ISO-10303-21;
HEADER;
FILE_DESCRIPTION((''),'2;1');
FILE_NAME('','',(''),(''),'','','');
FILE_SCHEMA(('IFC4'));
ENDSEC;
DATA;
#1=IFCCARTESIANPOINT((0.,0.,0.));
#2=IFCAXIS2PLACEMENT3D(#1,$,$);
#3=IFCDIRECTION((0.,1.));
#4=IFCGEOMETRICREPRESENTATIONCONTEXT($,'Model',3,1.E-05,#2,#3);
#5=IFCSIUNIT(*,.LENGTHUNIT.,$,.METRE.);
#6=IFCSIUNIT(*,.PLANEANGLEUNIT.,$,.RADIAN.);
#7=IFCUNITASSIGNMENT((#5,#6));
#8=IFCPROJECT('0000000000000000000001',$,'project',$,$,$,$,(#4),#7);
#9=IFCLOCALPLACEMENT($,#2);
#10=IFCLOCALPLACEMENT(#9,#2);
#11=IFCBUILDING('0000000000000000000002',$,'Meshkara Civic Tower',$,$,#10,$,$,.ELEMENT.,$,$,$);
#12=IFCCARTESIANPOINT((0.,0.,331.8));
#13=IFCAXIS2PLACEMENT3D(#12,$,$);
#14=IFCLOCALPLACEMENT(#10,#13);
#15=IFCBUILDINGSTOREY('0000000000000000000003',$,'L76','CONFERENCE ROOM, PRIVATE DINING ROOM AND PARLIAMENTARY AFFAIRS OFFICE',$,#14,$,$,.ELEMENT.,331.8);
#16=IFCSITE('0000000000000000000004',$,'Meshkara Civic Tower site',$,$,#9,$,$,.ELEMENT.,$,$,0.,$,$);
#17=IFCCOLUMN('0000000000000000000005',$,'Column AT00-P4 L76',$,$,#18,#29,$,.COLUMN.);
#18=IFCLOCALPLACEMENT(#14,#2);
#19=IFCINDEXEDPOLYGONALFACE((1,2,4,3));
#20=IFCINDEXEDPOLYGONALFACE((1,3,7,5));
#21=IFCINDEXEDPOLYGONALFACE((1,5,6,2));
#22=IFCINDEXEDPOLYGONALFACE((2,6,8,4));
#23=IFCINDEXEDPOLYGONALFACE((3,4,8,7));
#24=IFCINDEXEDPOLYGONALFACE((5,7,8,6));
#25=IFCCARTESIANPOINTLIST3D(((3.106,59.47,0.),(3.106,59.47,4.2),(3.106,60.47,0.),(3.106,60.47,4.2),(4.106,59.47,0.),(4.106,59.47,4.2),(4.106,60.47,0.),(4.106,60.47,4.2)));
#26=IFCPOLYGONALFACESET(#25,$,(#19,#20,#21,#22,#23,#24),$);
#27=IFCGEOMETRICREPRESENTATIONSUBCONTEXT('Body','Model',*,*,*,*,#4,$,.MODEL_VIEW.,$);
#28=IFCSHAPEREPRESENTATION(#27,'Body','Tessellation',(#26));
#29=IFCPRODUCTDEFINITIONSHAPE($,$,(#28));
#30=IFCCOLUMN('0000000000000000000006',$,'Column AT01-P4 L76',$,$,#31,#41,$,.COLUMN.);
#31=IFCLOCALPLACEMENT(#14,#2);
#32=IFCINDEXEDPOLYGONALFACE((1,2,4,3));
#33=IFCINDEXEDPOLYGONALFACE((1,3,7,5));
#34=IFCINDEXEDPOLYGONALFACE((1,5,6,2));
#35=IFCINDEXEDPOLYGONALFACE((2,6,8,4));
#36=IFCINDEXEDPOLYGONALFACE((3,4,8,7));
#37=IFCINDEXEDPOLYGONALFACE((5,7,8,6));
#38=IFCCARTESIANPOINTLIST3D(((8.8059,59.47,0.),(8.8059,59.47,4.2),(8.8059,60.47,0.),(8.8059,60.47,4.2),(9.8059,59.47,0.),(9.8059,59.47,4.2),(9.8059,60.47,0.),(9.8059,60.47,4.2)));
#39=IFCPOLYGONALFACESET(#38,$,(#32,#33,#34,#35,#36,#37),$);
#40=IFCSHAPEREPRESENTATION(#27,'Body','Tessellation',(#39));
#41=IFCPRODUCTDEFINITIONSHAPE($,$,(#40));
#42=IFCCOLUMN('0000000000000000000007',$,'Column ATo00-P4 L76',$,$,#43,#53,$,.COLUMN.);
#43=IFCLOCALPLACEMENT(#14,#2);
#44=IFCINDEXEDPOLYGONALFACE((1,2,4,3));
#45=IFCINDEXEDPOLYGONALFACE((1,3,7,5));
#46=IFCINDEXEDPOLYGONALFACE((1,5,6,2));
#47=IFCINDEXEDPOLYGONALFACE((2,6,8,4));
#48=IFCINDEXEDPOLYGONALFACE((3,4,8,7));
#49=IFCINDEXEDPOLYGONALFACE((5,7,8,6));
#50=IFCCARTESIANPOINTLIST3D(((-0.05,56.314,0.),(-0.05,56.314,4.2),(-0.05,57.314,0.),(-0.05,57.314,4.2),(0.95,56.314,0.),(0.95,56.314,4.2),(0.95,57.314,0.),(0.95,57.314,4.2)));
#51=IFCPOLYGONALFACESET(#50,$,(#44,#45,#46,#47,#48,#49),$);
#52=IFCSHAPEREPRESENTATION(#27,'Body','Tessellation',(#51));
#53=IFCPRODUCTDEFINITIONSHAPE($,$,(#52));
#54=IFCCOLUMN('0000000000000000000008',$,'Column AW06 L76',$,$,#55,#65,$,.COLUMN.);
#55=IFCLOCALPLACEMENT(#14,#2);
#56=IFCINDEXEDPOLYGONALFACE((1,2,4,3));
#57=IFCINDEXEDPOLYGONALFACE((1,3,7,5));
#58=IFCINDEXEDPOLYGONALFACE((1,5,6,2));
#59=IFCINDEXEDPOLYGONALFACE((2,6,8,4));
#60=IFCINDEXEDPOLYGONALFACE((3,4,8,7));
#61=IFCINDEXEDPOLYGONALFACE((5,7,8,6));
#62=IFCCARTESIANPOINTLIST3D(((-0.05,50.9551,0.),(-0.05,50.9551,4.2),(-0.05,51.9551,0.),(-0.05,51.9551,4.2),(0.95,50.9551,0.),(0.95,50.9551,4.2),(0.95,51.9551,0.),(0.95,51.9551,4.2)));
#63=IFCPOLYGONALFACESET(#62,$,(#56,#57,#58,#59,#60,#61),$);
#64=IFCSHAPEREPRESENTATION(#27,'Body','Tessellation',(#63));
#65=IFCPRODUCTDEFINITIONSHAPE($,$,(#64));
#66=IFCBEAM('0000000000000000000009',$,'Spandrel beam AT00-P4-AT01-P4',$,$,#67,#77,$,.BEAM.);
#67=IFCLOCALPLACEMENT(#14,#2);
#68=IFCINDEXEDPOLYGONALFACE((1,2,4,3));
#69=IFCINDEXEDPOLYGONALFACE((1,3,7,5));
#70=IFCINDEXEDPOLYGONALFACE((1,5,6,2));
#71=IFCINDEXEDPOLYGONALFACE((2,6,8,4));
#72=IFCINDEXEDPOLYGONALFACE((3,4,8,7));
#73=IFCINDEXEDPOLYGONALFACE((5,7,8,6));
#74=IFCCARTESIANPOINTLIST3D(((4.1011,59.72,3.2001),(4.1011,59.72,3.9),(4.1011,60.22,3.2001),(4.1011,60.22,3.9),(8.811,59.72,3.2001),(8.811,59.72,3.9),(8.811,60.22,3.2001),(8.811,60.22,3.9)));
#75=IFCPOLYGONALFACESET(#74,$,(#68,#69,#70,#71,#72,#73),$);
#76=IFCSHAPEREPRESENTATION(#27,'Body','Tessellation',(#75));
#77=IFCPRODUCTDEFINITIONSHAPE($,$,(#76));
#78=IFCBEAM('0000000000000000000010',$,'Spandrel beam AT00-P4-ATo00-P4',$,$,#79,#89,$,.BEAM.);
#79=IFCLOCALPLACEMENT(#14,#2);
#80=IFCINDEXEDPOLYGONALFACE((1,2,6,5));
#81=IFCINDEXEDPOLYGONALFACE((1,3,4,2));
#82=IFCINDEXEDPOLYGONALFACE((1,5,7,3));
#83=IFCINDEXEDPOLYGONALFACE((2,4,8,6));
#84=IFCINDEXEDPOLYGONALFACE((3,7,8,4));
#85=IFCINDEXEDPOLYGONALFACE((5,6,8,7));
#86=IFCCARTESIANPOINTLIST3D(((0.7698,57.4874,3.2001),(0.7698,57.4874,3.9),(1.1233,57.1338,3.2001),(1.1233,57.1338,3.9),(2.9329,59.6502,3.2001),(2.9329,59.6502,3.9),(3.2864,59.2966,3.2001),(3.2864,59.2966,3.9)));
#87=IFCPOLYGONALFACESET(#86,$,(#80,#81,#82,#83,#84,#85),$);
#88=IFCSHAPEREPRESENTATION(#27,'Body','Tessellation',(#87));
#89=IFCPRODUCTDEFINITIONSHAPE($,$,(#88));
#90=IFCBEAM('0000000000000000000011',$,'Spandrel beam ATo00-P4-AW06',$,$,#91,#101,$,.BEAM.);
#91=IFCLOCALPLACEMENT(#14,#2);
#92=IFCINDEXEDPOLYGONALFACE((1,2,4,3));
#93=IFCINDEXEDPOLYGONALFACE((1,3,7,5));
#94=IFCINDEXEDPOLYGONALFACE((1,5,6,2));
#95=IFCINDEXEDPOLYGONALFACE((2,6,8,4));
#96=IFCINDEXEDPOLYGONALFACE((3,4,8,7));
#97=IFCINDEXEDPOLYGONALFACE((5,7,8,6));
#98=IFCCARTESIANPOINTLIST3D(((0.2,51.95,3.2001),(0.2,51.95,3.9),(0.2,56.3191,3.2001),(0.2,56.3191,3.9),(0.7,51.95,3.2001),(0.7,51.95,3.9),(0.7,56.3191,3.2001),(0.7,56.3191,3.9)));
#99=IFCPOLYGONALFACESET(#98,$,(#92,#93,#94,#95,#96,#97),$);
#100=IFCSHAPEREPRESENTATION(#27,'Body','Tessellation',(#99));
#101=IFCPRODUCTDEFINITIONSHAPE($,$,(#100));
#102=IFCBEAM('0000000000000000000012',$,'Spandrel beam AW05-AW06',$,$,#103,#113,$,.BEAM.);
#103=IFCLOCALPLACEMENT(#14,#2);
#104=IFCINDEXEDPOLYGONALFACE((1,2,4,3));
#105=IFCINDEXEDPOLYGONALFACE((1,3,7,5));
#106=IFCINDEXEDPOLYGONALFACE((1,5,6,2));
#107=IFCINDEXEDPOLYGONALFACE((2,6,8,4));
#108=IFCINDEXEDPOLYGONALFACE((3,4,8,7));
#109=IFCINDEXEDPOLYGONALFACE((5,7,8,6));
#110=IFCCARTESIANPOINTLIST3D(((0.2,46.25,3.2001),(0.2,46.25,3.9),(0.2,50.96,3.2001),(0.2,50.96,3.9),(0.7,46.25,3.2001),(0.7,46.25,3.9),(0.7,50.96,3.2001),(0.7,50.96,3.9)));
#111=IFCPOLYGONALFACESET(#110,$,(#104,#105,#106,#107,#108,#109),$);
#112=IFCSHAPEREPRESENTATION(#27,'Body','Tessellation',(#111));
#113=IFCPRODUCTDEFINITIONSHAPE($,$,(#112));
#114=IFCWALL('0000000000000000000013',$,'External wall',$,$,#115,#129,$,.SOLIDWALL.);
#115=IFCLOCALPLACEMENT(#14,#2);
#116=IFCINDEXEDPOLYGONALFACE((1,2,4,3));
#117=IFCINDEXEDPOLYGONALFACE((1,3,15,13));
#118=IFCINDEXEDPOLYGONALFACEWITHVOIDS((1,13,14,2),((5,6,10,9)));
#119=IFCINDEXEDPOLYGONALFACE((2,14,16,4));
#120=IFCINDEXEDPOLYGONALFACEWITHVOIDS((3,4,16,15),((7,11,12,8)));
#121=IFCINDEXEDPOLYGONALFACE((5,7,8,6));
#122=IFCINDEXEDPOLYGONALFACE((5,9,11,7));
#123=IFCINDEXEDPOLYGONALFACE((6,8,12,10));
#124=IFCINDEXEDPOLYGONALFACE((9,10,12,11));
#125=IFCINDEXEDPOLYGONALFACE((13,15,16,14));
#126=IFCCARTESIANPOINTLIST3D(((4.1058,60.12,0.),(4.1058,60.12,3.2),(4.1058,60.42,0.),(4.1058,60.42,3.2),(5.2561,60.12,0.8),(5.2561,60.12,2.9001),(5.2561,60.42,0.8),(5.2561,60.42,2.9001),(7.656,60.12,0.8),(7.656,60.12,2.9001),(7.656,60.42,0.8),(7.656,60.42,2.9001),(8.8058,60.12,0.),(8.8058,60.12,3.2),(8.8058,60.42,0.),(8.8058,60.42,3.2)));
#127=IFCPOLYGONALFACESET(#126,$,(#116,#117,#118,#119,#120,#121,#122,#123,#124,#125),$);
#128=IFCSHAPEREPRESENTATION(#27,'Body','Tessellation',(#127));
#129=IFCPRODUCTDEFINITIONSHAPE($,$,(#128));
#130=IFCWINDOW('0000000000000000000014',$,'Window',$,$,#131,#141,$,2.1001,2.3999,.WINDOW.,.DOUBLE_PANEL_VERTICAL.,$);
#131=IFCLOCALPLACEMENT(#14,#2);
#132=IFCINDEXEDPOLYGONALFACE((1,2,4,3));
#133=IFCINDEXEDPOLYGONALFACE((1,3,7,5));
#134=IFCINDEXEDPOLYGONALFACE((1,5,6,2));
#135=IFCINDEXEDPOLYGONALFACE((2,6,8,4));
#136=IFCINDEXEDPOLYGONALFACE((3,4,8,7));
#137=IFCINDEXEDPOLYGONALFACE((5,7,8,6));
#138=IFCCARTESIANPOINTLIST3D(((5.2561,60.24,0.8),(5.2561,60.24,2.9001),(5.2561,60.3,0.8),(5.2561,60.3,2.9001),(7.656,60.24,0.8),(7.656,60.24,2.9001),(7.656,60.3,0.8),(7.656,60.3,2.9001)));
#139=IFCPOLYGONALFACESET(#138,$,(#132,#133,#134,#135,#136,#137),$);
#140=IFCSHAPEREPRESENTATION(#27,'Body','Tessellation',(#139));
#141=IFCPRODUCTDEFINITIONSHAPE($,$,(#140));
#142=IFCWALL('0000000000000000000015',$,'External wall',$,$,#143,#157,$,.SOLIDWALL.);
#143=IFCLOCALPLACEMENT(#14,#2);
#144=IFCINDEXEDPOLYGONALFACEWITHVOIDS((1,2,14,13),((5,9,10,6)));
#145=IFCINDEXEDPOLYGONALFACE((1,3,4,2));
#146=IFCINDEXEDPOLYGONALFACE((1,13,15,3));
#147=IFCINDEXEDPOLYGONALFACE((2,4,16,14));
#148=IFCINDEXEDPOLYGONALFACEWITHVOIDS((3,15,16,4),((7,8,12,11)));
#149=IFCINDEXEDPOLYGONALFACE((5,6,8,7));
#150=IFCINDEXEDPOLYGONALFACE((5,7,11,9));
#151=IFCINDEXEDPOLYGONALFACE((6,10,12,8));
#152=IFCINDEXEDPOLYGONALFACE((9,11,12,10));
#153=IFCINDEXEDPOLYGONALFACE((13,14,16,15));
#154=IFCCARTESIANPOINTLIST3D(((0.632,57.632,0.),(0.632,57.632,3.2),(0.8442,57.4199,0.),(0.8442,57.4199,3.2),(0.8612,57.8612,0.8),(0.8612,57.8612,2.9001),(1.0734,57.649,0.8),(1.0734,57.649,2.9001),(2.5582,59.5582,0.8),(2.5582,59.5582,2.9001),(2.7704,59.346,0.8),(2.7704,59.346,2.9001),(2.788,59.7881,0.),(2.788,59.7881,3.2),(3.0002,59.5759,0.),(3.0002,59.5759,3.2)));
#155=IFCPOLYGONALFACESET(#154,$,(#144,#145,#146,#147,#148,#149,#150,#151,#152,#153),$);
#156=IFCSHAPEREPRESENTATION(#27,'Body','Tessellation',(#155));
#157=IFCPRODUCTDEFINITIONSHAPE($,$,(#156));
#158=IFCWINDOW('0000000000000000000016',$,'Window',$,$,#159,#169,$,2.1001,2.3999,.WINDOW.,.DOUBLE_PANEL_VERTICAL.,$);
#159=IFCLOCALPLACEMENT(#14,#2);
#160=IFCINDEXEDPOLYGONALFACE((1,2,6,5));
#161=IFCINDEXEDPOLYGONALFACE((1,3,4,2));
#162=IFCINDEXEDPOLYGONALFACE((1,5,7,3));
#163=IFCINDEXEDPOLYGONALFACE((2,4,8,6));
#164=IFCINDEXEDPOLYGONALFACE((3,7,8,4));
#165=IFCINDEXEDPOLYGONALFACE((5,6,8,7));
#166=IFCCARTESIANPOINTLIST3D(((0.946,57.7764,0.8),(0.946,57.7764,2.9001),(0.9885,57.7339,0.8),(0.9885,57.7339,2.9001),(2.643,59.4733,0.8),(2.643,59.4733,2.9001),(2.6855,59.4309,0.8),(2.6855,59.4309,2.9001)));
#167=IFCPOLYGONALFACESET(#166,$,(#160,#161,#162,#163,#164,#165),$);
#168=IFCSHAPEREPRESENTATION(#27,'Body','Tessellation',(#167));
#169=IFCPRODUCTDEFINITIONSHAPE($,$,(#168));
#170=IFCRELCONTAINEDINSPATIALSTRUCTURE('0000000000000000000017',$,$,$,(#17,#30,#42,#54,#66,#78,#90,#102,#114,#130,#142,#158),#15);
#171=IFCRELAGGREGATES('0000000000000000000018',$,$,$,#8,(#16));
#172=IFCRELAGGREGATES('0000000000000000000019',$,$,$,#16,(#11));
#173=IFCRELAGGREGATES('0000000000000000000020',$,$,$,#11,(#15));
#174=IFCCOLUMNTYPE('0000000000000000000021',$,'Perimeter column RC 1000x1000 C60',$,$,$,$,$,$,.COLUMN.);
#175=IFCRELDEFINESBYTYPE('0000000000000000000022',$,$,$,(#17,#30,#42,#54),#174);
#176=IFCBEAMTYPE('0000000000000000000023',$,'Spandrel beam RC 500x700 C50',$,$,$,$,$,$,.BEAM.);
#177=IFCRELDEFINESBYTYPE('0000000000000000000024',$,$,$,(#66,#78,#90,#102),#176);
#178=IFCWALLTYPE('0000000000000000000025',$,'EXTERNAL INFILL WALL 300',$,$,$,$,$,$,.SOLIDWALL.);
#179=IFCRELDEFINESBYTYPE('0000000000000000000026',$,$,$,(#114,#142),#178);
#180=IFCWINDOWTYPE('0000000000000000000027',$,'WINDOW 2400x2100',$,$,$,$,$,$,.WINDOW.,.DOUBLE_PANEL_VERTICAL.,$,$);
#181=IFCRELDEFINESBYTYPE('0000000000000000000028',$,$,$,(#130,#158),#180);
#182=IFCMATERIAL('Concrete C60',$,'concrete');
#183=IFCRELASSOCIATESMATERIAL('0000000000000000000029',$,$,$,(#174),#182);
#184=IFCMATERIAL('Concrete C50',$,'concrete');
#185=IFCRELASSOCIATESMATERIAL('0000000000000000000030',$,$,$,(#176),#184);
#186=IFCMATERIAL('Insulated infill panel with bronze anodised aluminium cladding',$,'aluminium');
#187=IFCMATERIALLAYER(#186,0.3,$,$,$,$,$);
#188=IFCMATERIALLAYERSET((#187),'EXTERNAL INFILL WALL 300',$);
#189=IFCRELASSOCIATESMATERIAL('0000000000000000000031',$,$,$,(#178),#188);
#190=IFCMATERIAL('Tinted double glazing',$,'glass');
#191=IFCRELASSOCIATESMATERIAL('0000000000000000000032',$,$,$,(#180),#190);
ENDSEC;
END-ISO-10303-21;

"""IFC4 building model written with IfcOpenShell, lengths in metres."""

from ifc_helpers import new_model, si_unit, direction, frame, frame_2d, origin, origin_2d, place, context, subcontext, project, spatial, rectangle, extrude, material, layer, layer_set, material_profile, profile_set, type_object, element, fill, save


model = new_model("IFC4")

# Units and contexts
model_context = context("Model", 3, precision=1e-05, world=origin(), true_north=direction((0.0, 1.0)))
body_context = subcontext(model_context, "Body", "Model", "MODEL_VIEW")
ifc_project = project(units=[si_unit("LENGTHUNIT", "METRE"), si_unit("PLANEANGLEUNIT", "RADIAN")], contexts=[model_context])

# Site, building, storey
site_placement = place(None, origin())
site = spatial("IfcSite", under=ifc_project, at=site_placement, Name="Meshkara Civic Tower site", CompositionType="ELEMENT", RefElevation=0.0)
building_placement = place(site_placement, origin())
building = spatial("IfcBuilding", under=site, at=building_placement, Name="Meshkara Civic Tower", CompositionType="ELEMENT")
storey_placement = place(building_placement, frame((0.0, 0.0, 331.8)))
storey = spatial("IfcBuildingStorey", under=building, at=storey_placement, Name="L76", Description="CONFERENCE ROOM, PRIVATE DINING ROOM AND PARLIAMENTARY AFFAIRS OFFICE", CompositionType="ELEMENT", Elevation=331.8)

# Columns
ifc_material_1 = material(Name="Concrete C60", Category="concrete")
ifc_material_profile_1 = material_profile(ifc_material_1, rectangle(XDim=1.0, YDim=1.0, at=origin_2d()))
ifc_profile_set_1 = profile_set([ifc_material_profile_1], Name="Concrete C60")
column_type = type_object("IfcColumnType", Name="Perimeter column RC 1000x1000 C60", PredefinedType="COLUMN", material=ifc_profile_set_1)
for number, where, z_axis, x_axis, name in (
    (1, (3.606, 59.97, 0.0), (0.0, 0.0, 1.0), (1.0, 0.0, 0.0), "Column AT00-P4 L76"),
    (2, (9.3059, 59.97, 0.0), (0.0, 0.0, 1.0), (1.0, 0.0, 0.0), "Column AT01-P4 L76"),
    (3, (0.45, 56.814, 0.0), (0.0, 0.0, 1.0), (1.0, 0.0, 0.0), "Column ATo00-P4 L76"),
    (4, (0.45, 51.4551, 0.0), (0.0, 0.0, 1.0), (1.0, 0.0, 0.0), "Column AW06 L76"),
):
    element("IfcColumn", number, at=place(storey_placement, frame(where, z_axis=z_axis, x_axis=x_axis)), inside=storey, type_object=column_type, Name=name, PredefinedType="COLUMN", context=body_context, shape_type="SweptSolid", body=[
        extrude(rectangle(XDim=1.0, YDim=1.0, at=origin_2d()), origin(), (0.0, 0.0, 1.0), 4.2),
    ])

# Beams
ifc_material_2 = material(Name="Concrete C50", Category="concrete")
ifc_material_profile_2 = material_profile(ifc_material_2, rectangle(XDim=0.5, YDim=0.7, at=origin_2d()))
ifc_profile_set_2 = profile_set([ifc_material_profile_2], Name="Concrete C50")
beam_type = type_object("IfcBeamType", Name="Spandrel beam RC 500x700 C50", PredefinedType="BEAM", material=ifc_profile_set_2)
beam_1_placement = place(storey_placement, frame((8.811, 59.97, 3.55), z_axis=(-1.0, 0.0, 0.0), x_axis=(0.0, -1.0, 0.0)))
element("IfcBeam", 5, at=beam_1_placement, inside=storey, type_object=beam_type, Name="Spandrel beam AT00-P4-AT01-P4", PredefinedType="BEAM", context=body_context, shape_type="SweptSolid", body=[
    extrude(rectangle(XDim=0.5, YDim=0.7, at=origin_2d()), origin(), (0.0, 0.0, 1.0), 4.71),
])
beam_2_placement = place(storey_placement, frame((3.1096, 59.4734, 3.55), z_axis=(-0.707147, -0.707067, 0.0), x_axis=(0.707067, -0.707147, 0.0)))
element("IfcBeam", 6, at=beam_2_placement, inside=storey, type_object=beam_type, Name="Spandrel beam AT00-P4-ATo00-P4", PredefinedType="BEAM", context=body_context, shape_type="SweptSolid", body=[
    extrude(rectangle(XDim=0.5, YDim=0.7, at=origin_2d()), origin(), (0.0, 0.0, 1.0), 3.0588),
])
beam_3_placement = place(storey_placement, frame((0.45, 56.3191, 3.55), z_axis=(0.0, -1.0, 0.0), x_axis=(1.0, 0.0, 0.0)))
element("IfcBeam", 7, at=beam_3_placement, inside=storey, type_object=beam_type, Name="Spandrel beam ATo00-P4-AW06", PredefinedType="BEAM", context=body_context, shape_type="SweptSolid", body=[
    extrude(rectangle(XDim=0.5, YDim=0.7, at=origin_2d()), origin(), (0.0, 0.0, 1.0), 4.3691),
])
beam_4_placement = place(storey_placement, frame((0.45, 50.96, 3.55), z_axis=(0.0, -1.0, 0.0), x_axis=(1.0, 0.0, 0.0)))
element("IfcBeam", 8, at=beam_4_placement, inside=storey, type_object=beam_type, Name="Spandrel beam AW05-AW06", PredefinedType="BEAM", context=body_context, shape_type="SweptSolid", body=[
    extrude(rectangle(XDim=0.5, YDim=0.7, at=origin_2d()), origin(), (0.0, 0.0, 1.0), 4.71),
])

# Walls, openings, windows
ifc_material_3 = material(Name="Insulated infill panel with bronze anodised aluminium cladding", Category="aluminium")
ifc_layer_1 = layer(ifc_material_3, 0.3)
ifc_layer_set_1 = layer_set([ifc_layer_1], Name="EXTERNAL INFILL WALL 300")
wall_type_1 = type_object("IfcWallType", Name="EXTERNAL INFILL WALL 300", PredefinedType="SOLIDWALL", material=ifc_layer_set_1)
wall_1_placement = place(storey_placement, frame((8.8059, 60.27, 0.0), z_axis=(0.0, 0.0, 1.0), x_axis=(-1.0, 0.0, 0.0)))
wall_1 = element("IfcWall", 9, at=wall_1_placement, inside=storey, type_object=wall_type_1, Name="External wall", PredefinedType="SOLIDWALL", context=body_context, shape_type="SweptSolid", body=[
    extrude(rectangle(XDim=4.7, YDim=0.3, at=frame_2d((2.3501, 0.0))), origin(), (0.0, 0.0, 1.0), 3.2),
])
opening_1_placement = place(wall_1_placement, frame((1.1499, 0.0, 0.8)))
opening_1 = element("IfcOpeningElement", 10, at=opening_1_placement, cuts=wall_1, PredefinedType="OPENING", context=body_context, shape_type="SweptSolid", body=[
    extrude(rectangle(XDim=2.3999, YDim=2.1001, at=frame_2d((1.2, 1.05))), frame((0.0, 0.1599, 0.0), z_axis=(0.0, -1.0, 0.0), x_axis=(1.0, 0.0, 0.0)), (0.0, 0.0, 1.0), 0.3201),
])
ifc_material_4 = material(Name="Tinted double glazing", Category="glass")
window_type = type_object("IfcWindowType", Name="WINDOW 2400x2100", PartitioningType="DOUBLE_PANEL_VERTICAL", PredefinedType="WINDOW", material=ifc_material_4)
window_1_placement = place(opening_1_placement, origin())
window_1 = element("IfcWindow", 11, at=window_1_placement, inside=storey, type_object=window_type, Name="Window", OverallHeight=2.1001, OverallWidth=2.3999, PartitioningType="DOUBLE_PANEL_VERTICAL", PredefinedType="WINDOW", context=body_context, shape_type="SweptSolid", body=[
    extrude(rectangle(XDim=2.3999, YDim=2.1001, at=frame_2d((1.2, 1.05))), frame((0.0, 0.03, 0.0), z_axis=(0.0, -1.0, 0.0), x_axis=(1.0, 0.0, 0.0)), (0.0, 0.0, 1.0), 0.0601),
])
fill(opening_1, window_1)
wall_2_placement = place(storey_placement, frame((2.894, 59.6819, 0.0), z_axis=(0.0, 0.0, 1.0), x_axis=(-0.707107, -0.707107, 0.0)))
wall_2 = element("IfcWall", 12, at=wall_2_placement, inside=storey, type_object=wall_type_1, Name="External wall", PredefinedType="SOLIDWALL", context=body_context, shape_type="SweptSolid", body=[
    extrude(rectangle(XDim=3.0491, YDim=0.3, at=frame_2d((1.5244, 0.0))), origin(), (0.0, 0.0, 1.0), 3.2),
])
opening_2_placement = place(wall_2_placement, frame((0.325, 0.0, 0.8)))
opening_2 = element("IfcOpeningElement", 13, at=opening_2_placement, cuts=wall_2, PredefinedType="OPENING", context=body_context, shape_type="SweptSolid", body=[
    extrude(rectangle(XDim=2.3999, YDim=2.1001, at=frame_2d((1.2, 1.05))), frame((0.0, 0.1599, 0.0), z_axis=(0.0, -1.0, 0.0), x_axis=(1.0, 0.0, 0.0)), (0.0, 0.0, 1.0), 0.3201),
])
window_2_placement = place(opening_2_placement, origin())
window_2 = element("IfcWindow", 14, at=window_2_placement, inside=storey, type_object=window_type, Name="Window", OverallHeight=2.1001, OverallWidth=2.3999, PartitioningType="DOUBLE_PANEL_VERTICAL", PredefinedType="WINDOW", context=body_context, shape_type="SweptSolid", body=[
    extrude(rectangle(XDim=2.3999, YDim=2.1001, at=frame_2d((1.2, 1.05))), frame((0.0, 0.03, 0.0), z_axis=(0.0, -1.0, 0.0), x_axis=(1.0, 0.0, 0.0)), (0.0, 0.0, 1.0), 0.0601),
])
fill(opening_2, window_2)

save(model, "model.ifc")
